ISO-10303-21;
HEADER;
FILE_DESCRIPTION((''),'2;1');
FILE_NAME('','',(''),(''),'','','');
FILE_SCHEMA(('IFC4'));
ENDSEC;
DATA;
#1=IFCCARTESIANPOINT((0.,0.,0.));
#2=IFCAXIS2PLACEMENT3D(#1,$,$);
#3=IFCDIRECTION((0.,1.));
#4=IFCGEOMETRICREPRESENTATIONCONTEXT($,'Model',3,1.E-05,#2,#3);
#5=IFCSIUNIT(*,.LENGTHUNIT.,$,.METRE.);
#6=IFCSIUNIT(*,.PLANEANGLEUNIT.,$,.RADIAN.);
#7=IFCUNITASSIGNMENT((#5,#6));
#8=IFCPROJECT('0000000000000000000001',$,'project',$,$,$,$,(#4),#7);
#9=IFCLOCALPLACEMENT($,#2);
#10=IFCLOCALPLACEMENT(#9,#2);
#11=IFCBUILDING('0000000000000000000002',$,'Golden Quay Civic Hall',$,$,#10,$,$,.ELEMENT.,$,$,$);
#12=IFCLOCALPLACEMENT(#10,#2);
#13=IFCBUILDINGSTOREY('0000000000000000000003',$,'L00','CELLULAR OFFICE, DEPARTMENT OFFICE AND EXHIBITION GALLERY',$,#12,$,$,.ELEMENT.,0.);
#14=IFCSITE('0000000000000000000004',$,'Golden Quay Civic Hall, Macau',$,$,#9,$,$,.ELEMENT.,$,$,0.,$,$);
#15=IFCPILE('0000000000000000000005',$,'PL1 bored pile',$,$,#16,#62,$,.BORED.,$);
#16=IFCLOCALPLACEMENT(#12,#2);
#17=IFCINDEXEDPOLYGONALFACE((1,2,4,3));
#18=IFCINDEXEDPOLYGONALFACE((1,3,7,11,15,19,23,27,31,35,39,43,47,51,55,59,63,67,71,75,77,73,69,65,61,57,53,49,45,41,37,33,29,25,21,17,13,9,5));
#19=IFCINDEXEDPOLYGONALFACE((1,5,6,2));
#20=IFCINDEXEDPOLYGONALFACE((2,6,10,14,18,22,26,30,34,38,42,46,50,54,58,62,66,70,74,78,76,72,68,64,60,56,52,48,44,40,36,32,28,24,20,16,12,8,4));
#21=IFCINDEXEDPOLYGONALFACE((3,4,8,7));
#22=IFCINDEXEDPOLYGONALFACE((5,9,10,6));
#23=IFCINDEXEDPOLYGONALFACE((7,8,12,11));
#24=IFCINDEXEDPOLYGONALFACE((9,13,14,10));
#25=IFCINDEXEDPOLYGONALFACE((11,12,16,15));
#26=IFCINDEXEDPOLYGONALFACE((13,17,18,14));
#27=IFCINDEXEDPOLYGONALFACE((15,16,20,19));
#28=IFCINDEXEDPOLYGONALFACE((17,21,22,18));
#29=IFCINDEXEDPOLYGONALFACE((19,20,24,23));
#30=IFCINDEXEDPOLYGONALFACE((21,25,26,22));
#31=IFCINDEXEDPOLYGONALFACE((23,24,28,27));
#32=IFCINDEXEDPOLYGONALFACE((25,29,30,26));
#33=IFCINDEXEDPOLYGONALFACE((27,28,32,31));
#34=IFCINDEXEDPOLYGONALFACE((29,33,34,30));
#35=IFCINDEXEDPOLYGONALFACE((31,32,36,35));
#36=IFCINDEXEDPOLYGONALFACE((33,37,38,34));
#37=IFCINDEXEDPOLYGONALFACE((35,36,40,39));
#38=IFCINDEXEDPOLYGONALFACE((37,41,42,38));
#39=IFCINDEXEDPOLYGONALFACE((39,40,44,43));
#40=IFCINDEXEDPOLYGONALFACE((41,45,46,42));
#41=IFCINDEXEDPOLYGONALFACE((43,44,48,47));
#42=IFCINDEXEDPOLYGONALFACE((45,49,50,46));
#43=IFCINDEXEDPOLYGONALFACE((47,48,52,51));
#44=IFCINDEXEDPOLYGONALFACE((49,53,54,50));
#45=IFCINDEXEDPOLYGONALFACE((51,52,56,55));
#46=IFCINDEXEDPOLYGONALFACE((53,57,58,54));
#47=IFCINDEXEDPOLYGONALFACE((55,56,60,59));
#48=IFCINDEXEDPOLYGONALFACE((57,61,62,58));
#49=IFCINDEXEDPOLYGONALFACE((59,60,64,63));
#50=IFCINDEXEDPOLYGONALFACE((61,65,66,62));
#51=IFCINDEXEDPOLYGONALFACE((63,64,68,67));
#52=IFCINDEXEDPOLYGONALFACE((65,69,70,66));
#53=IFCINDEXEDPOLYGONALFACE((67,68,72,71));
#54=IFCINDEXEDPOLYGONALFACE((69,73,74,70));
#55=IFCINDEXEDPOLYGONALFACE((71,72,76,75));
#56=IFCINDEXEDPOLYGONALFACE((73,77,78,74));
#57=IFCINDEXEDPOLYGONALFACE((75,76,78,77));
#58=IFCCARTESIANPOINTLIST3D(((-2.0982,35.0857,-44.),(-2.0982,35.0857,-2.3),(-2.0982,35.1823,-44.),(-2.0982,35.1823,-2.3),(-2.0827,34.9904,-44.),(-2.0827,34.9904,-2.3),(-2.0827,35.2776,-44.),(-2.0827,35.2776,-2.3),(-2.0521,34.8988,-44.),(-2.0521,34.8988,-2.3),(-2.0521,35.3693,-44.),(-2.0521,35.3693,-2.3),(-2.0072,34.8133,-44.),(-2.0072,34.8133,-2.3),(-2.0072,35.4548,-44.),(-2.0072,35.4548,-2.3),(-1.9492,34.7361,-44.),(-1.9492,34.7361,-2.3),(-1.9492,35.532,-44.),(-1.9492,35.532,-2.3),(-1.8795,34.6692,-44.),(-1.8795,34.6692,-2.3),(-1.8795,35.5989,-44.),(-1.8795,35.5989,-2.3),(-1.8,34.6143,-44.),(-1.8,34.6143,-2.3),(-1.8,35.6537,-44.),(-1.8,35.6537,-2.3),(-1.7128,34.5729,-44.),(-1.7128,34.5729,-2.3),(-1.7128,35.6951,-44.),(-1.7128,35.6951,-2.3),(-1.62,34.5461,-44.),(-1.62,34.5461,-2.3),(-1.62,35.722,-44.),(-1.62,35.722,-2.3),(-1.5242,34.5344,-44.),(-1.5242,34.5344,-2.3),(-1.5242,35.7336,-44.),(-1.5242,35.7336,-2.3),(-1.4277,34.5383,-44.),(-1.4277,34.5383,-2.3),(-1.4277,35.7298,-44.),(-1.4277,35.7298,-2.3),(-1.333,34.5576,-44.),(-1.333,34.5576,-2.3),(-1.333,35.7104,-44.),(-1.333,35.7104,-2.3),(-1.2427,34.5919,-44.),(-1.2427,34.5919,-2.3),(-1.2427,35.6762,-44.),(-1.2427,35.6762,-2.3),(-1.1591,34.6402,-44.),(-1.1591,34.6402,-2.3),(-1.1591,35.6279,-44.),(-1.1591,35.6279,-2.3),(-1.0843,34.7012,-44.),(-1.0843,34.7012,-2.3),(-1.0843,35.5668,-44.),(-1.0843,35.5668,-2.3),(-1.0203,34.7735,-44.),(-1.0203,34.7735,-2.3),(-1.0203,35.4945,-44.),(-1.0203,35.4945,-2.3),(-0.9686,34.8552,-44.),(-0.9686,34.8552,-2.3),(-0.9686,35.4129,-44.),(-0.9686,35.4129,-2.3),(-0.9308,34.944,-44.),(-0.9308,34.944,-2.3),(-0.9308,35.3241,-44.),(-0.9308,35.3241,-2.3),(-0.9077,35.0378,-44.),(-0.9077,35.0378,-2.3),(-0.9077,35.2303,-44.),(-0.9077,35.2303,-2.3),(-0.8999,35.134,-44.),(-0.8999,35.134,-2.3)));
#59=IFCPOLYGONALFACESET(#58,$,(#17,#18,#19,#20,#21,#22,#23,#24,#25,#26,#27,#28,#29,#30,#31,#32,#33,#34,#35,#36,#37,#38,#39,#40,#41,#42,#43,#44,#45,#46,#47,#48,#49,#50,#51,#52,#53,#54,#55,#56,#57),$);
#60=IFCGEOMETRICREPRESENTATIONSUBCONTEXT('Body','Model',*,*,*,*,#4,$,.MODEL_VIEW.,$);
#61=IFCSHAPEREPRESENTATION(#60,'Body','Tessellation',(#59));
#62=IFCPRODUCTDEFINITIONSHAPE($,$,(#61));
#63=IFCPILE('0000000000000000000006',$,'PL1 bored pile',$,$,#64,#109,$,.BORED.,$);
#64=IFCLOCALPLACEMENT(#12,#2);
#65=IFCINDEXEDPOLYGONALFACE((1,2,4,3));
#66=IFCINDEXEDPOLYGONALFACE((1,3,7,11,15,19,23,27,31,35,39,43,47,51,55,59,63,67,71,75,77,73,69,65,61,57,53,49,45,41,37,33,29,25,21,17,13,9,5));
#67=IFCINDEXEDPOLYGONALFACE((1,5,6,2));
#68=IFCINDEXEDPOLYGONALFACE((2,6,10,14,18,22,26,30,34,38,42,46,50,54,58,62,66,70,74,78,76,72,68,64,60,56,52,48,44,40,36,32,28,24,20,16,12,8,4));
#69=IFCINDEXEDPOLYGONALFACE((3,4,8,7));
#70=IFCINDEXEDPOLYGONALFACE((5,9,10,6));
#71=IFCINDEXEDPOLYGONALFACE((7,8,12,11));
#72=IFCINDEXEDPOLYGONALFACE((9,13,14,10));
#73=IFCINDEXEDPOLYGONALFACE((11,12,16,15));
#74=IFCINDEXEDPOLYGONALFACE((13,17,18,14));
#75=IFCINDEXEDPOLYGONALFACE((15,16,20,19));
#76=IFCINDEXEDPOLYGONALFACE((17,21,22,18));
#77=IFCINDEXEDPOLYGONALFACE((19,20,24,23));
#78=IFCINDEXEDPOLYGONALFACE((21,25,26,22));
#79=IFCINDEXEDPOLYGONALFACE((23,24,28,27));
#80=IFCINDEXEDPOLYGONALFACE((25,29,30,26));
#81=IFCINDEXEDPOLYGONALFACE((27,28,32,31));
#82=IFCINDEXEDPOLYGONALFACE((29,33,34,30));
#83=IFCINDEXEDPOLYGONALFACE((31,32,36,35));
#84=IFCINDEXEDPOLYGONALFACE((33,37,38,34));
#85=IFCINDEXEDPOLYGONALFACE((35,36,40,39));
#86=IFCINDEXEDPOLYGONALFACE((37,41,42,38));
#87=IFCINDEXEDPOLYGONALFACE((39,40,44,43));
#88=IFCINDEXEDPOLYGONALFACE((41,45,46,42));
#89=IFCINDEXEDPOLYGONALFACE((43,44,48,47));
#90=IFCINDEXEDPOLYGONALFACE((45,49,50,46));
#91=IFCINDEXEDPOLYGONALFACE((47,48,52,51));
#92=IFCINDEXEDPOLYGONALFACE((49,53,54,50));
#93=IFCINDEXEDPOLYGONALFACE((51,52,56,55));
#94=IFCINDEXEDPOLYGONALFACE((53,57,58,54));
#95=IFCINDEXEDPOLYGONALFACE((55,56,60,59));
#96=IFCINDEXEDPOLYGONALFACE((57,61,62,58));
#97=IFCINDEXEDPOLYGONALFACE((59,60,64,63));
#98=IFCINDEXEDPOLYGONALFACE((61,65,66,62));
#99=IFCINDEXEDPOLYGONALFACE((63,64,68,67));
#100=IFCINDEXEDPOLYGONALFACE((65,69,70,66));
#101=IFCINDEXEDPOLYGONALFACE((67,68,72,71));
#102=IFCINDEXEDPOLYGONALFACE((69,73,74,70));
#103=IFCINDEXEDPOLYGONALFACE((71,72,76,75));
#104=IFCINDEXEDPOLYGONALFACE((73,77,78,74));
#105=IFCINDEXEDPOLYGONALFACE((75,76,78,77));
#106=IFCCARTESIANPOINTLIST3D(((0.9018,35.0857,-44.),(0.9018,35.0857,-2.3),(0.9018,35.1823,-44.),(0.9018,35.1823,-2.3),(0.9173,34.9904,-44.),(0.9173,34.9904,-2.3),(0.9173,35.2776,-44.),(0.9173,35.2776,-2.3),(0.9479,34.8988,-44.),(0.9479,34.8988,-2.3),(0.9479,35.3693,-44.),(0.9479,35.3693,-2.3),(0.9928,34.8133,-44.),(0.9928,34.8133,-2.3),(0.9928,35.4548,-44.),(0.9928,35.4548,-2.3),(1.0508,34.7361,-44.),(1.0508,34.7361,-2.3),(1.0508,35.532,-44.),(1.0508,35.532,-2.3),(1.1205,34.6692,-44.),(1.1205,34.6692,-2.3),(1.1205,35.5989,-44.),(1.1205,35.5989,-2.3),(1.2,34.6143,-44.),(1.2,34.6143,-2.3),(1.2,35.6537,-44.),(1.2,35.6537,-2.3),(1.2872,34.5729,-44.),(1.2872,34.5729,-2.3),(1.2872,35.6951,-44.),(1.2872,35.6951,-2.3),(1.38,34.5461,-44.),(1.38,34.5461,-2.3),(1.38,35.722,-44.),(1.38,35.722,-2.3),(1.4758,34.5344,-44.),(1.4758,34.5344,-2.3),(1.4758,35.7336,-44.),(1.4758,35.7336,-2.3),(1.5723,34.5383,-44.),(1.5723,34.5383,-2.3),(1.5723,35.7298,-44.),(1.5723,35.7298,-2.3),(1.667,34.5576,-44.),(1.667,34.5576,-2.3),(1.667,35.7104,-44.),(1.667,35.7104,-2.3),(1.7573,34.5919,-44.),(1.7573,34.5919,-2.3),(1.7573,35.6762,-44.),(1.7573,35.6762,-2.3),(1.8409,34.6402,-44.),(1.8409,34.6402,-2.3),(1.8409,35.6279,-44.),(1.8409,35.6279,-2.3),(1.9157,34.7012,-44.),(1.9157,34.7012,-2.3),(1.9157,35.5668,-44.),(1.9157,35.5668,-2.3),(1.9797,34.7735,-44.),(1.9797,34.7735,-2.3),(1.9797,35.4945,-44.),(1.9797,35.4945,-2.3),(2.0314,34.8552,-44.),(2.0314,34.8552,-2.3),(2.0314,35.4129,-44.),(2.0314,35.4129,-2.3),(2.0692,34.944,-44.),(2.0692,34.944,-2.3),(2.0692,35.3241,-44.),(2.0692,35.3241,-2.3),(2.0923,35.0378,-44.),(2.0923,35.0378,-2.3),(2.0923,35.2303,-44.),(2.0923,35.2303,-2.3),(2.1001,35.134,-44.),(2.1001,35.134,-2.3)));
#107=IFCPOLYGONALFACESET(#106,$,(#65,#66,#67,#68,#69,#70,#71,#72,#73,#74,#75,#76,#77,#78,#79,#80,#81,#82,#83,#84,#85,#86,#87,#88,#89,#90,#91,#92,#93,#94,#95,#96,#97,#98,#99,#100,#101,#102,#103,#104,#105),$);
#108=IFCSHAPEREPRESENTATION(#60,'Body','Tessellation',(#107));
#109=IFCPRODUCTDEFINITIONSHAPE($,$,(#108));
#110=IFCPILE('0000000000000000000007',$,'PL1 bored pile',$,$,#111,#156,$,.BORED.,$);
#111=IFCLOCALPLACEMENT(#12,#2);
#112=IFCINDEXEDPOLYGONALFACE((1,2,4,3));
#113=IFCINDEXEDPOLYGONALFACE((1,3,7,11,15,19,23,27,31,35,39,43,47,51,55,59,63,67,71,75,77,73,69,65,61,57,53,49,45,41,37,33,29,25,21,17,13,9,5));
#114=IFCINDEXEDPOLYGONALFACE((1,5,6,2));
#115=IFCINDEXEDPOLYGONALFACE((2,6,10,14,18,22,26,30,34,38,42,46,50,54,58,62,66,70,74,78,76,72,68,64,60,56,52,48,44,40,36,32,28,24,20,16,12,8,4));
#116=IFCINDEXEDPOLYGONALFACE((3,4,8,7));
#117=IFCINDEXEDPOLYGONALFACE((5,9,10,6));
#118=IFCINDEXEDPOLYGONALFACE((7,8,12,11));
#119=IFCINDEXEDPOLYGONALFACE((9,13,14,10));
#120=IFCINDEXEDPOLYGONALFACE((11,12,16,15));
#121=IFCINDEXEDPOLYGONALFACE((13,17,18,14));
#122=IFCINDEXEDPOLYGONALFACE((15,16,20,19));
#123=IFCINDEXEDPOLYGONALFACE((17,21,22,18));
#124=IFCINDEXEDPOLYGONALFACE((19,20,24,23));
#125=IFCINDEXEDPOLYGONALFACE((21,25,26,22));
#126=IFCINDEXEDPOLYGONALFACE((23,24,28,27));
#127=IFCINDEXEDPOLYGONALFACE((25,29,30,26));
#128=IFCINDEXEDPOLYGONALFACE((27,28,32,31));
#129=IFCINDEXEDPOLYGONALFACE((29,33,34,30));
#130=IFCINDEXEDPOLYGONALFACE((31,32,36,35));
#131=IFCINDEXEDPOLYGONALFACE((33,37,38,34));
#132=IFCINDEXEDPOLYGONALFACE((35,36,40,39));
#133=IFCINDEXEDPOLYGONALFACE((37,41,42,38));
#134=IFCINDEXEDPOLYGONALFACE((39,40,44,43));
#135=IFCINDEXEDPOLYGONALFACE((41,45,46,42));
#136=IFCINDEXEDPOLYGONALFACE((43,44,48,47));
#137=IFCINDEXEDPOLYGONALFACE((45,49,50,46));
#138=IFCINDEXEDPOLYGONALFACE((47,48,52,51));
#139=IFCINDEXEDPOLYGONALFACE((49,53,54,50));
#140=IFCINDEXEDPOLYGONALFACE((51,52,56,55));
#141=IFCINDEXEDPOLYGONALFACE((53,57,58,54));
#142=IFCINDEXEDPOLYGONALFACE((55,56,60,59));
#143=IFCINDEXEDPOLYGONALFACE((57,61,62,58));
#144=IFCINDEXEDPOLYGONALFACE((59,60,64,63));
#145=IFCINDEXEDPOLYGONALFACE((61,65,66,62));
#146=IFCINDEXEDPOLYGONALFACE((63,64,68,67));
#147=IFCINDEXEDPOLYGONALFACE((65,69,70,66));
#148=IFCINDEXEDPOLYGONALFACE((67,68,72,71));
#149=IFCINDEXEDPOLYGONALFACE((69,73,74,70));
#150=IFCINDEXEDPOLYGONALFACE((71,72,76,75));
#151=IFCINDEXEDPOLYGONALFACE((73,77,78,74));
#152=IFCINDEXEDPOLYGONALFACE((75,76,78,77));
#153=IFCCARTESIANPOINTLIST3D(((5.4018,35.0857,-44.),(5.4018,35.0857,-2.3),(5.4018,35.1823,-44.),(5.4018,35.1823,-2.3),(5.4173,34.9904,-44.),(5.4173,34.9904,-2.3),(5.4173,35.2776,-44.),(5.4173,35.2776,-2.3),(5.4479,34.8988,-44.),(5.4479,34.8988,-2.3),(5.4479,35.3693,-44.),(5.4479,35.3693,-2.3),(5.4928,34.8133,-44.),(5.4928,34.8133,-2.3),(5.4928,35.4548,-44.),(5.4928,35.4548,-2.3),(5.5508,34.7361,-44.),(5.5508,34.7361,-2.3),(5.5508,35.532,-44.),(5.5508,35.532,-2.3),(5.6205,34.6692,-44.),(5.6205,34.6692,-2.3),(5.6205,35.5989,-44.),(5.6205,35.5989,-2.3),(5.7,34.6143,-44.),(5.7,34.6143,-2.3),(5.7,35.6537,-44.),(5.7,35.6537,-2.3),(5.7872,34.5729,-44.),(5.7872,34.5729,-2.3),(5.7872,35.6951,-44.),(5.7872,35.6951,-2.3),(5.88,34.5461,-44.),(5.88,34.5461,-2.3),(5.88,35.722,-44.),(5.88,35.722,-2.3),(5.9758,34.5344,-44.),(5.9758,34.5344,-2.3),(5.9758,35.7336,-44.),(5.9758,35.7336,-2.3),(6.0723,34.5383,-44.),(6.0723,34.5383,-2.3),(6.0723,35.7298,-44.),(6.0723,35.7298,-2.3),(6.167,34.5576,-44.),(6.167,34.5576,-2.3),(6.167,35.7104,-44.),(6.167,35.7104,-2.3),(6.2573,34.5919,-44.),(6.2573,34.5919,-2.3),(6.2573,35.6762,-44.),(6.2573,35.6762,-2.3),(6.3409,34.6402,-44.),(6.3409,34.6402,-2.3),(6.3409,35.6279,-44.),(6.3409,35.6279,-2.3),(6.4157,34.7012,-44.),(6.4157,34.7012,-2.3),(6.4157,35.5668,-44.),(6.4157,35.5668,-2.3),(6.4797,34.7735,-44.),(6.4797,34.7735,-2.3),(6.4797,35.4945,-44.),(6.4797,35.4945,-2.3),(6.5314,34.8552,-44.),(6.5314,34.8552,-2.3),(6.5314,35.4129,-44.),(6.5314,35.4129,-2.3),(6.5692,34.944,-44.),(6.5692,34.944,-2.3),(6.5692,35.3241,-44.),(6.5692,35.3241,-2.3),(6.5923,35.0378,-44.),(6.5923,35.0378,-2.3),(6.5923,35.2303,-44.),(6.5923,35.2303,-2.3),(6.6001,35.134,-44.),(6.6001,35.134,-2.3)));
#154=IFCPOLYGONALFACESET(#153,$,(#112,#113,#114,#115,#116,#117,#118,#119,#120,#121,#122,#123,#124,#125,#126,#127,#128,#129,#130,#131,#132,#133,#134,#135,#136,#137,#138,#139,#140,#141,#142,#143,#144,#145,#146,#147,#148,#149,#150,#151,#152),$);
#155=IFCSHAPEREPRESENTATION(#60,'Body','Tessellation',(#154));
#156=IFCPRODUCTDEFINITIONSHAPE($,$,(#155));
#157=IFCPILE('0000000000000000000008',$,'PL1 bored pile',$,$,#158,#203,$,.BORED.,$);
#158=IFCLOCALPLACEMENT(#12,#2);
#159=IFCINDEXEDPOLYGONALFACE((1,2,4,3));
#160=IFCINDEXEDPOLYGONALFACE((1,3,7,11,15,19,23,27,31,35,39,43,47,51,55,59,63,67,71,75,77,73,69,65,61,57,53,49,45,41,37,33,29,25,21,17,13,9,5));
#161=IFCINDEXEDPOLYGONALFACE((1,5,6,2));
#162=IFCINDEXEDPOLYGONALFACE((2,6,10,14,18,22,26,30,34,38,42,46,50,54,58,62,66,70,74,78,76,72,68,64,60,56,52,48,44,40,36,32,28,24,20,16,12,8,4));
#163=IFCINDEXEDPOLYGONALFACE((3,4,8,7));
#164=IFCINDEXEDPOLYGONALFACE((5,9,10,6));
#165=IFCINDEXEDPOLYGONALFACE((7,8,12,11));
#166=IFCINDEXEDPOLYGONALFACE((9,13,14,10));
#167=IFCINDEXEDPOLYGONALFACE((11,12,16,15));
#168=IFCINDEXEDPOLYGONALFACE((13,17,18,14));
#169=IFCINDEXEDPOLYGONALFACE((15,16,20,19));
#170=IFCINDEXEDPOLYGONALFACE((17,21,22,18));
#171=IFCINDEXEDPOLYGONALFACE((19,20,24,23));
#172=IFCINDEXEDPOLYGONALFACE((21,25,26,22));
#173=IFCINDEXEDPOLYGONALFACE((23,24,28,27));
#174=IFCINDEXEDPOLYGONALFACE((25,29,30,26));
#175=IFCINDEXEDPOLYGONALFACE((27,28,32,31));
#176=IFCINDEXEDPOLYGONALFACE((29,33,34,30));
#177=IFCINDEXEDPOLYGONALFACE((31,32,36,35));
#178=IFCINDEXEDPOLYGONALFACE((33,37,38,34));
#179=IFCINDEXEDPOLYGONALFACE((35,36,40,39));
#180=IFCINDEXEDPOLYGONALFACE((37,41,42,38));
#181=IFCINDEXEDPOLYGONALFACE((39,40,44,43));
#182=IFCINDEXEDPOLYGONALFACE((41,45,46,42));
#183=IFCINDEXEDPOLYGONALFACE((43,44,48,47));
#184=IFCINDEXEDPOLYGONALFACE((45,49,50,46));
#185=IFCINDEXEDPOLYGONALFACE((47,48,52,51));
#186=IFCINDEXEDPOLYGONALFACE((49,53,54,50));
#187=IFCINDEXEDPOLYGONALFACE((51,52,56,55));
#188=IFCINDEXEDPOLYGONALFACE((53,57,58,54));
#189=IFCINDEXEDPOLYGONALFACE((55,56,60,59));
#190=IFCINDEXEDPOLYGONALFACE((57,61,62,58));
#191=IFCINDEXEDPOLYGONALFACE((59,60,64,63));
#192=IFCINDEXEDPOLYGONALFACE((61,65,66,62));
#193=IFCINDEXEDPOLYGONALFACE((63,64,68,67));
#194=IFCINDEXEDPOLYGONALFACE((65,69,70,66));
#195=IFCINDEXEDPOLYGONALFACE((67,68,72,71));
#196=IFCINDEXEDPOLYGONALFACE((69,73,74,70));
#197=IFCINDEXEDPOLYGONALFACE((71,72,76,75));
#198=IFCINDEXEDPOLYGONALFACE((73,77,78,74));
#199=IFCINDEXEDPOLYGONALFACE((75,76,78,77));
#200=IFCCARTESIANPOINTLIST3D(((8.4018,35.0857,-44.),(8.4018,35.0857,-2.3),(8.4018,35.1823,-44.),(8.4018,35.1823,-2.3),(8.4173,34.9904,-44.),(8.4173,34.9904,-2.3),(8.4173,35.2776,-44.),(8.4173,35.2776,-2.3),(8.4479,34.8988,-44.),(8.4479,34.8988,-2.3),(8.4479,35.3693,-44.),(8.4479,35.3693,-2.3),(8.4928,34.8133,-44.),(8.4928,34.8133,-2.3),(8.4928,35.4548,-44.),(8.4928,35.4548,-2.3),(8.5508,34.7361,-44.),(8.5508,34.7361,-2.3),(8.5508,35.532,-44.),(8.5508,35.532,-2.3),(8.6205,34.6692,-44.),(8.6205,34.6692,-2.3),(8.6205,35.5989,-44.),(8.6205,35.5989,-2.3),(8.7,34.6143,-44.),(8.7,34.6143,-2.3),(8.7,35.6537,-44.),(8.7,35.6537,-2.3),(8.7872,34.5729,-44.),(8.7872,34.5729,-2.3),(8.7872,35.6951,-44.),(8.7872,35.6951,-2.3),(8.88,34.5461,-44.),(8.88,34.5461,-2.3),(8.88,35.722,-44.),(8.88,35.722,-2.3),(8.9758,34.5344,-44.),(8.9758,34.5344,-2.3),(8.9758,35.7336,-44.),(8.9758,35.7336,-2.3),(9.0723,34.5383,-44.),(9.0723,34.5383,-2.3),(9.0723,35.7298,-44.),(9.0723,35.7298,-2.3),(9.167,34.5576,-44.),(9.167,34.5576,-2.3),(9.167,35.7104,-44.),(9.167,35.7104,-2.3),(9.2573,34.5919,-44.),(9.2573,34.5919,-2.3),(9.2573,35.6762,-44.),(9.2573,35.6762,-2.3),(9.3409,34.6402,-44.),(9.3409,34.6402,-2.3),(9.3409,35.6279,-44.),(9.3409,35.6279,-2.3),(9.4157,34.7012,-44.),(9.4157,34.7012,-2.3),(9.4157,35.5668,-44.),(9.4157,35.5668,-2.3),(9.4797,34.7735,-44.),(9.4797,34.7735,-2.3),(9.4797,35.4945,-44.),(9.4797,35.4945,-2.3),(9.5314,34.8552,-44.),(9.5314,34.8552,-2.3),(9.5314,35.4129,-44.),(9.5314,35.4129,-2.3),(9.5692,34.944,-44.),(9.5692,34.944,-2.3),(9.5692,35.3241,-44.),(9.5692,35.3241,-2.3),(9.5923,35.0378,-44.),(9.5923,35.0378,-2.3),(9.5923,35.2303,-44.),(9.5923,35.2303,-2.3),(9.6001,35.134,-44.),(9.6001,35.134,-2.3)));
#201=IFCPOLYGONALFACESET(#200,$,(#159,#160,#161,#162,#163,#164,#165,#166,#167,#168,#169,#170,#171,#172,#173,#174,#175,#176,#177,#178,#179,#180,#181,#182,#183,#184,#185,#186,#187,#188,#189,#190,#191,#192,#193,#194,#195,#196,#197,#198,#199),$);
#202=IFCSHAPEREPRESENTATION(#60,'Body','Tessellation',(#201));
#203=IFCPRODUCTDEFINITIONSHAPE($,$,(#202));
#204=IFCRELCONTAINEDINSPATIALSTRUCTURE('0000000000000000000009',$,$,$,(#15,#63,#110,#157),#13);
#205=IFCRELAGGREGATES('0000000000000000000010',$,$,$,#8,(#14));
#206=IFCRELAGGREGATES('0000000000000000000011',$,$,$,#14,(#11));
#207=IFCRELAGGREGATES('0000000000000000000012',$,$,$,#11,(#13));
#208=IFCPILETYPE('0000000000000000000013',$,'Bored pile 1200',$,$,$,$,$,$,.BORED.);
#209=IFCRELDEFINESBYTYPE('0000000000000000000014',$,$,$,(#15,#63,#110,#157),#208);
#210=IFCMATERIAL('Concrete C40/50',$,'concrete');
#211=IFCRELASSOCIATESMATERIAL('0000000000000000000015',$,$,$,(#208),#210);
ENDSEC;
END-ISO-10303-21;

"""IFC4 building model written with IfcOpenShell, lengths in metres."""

from ifc_helpers import new_model, si_unit, direction, frame, origin, origin_2d, place, context, subcontext, project, spatial, circle, extrude, material, material_profile, profile_set, type_object, element, save


model = new_model("IFC4")

# Units and contexts
model_context = context("Model", 3, precision=1e-05, world=origin(), true_north=direction((0.0, 1.0)))
body_context = subcontext(model_context, "Body", "Model", "MODEL_VIEW")
ifc_project = project(units=[si_unit("LENGTHUNIT", "METRE"), si_unit("PLANEANGLEUNIT", "RADIAN")], contexts=[model_context])

# Site, building, storey
site_placement = place(None, origin())
site = spatial("IfcSite", under=ifc_project, at=site_placement, Name="Golden Quay Civic Hall, Macau", CompositionType="ELEMENT", RefElevation=0.0)
building_placement = place(site_placement, origin())
building = spatial("IfcBuilding", under=site, at=building_placement, Name="Golden Quay Civic Hall", CompositionType="ELEMENT")
storey_placement = place(building_placement, origin())
storey = spatial("IfcBuildingStorey", under=building, at=storey_placement, Name="L00", Description="CELLULAR OFFICE, DEPARTMENT OFFICE AND EXHIBITION GALLERY", CompositionType="ELEMENT", Elevation=0.0)

# Piles
ifc_material_1 = material(Name="Concrete C40/50", Category="concrete")
ifc_material_profile_1 = material_profile(ifc_material_1, circle(Radius=0.6001, at=origin_2d()), Name="RC D1200")
ifc_profile_set_1 = profile_set([ifc_material_profile_1], Name="Concrete C40/50")
pile_type = type_object("IfcPileType", Name="Bored pile 1200", PredefinedType="BORED", material=ifc_profile_set_1)
for number, where, z_axis, x_axis, name in (
    (1, (-1.5, 35.134, -2.3), (0.0, 0.0, -1.0), (1.0, 0.0, 0.0), "PL1 bored pile"),
    (2, (1.5, 35.134, -2.3), (0.0, 0.0, -1.0), (1.0, 0.0, 0.0), "PL1 bored pile"),
    (3, (6.0, 35.134, -2.3), (0.0, 0.0, -1.0), (1.0, 0.0, 0.0), "PL1 bored pile"),
    (4, (9.0, 35.134, -2.3), (0.0, 0.0, -1.0), (1.0, 0.0, 0.0), "PL1 bored pile"),
):
    element("IfcPile", number, at=place(storey_placement, frame(where, z_axis=z_axis, x_axis=x_axis)), inside=storey, type_object=pile_type, Name=name, PredefinedType="BORED", context=body_context, shape_type="SweptSolid", body=[
        extrude(circle(Radius=0.6001, at=origin_2d()), origin(), (0.0, 0.0, 1.0), 41.7),
    ])

save(model, "model.ifc")
